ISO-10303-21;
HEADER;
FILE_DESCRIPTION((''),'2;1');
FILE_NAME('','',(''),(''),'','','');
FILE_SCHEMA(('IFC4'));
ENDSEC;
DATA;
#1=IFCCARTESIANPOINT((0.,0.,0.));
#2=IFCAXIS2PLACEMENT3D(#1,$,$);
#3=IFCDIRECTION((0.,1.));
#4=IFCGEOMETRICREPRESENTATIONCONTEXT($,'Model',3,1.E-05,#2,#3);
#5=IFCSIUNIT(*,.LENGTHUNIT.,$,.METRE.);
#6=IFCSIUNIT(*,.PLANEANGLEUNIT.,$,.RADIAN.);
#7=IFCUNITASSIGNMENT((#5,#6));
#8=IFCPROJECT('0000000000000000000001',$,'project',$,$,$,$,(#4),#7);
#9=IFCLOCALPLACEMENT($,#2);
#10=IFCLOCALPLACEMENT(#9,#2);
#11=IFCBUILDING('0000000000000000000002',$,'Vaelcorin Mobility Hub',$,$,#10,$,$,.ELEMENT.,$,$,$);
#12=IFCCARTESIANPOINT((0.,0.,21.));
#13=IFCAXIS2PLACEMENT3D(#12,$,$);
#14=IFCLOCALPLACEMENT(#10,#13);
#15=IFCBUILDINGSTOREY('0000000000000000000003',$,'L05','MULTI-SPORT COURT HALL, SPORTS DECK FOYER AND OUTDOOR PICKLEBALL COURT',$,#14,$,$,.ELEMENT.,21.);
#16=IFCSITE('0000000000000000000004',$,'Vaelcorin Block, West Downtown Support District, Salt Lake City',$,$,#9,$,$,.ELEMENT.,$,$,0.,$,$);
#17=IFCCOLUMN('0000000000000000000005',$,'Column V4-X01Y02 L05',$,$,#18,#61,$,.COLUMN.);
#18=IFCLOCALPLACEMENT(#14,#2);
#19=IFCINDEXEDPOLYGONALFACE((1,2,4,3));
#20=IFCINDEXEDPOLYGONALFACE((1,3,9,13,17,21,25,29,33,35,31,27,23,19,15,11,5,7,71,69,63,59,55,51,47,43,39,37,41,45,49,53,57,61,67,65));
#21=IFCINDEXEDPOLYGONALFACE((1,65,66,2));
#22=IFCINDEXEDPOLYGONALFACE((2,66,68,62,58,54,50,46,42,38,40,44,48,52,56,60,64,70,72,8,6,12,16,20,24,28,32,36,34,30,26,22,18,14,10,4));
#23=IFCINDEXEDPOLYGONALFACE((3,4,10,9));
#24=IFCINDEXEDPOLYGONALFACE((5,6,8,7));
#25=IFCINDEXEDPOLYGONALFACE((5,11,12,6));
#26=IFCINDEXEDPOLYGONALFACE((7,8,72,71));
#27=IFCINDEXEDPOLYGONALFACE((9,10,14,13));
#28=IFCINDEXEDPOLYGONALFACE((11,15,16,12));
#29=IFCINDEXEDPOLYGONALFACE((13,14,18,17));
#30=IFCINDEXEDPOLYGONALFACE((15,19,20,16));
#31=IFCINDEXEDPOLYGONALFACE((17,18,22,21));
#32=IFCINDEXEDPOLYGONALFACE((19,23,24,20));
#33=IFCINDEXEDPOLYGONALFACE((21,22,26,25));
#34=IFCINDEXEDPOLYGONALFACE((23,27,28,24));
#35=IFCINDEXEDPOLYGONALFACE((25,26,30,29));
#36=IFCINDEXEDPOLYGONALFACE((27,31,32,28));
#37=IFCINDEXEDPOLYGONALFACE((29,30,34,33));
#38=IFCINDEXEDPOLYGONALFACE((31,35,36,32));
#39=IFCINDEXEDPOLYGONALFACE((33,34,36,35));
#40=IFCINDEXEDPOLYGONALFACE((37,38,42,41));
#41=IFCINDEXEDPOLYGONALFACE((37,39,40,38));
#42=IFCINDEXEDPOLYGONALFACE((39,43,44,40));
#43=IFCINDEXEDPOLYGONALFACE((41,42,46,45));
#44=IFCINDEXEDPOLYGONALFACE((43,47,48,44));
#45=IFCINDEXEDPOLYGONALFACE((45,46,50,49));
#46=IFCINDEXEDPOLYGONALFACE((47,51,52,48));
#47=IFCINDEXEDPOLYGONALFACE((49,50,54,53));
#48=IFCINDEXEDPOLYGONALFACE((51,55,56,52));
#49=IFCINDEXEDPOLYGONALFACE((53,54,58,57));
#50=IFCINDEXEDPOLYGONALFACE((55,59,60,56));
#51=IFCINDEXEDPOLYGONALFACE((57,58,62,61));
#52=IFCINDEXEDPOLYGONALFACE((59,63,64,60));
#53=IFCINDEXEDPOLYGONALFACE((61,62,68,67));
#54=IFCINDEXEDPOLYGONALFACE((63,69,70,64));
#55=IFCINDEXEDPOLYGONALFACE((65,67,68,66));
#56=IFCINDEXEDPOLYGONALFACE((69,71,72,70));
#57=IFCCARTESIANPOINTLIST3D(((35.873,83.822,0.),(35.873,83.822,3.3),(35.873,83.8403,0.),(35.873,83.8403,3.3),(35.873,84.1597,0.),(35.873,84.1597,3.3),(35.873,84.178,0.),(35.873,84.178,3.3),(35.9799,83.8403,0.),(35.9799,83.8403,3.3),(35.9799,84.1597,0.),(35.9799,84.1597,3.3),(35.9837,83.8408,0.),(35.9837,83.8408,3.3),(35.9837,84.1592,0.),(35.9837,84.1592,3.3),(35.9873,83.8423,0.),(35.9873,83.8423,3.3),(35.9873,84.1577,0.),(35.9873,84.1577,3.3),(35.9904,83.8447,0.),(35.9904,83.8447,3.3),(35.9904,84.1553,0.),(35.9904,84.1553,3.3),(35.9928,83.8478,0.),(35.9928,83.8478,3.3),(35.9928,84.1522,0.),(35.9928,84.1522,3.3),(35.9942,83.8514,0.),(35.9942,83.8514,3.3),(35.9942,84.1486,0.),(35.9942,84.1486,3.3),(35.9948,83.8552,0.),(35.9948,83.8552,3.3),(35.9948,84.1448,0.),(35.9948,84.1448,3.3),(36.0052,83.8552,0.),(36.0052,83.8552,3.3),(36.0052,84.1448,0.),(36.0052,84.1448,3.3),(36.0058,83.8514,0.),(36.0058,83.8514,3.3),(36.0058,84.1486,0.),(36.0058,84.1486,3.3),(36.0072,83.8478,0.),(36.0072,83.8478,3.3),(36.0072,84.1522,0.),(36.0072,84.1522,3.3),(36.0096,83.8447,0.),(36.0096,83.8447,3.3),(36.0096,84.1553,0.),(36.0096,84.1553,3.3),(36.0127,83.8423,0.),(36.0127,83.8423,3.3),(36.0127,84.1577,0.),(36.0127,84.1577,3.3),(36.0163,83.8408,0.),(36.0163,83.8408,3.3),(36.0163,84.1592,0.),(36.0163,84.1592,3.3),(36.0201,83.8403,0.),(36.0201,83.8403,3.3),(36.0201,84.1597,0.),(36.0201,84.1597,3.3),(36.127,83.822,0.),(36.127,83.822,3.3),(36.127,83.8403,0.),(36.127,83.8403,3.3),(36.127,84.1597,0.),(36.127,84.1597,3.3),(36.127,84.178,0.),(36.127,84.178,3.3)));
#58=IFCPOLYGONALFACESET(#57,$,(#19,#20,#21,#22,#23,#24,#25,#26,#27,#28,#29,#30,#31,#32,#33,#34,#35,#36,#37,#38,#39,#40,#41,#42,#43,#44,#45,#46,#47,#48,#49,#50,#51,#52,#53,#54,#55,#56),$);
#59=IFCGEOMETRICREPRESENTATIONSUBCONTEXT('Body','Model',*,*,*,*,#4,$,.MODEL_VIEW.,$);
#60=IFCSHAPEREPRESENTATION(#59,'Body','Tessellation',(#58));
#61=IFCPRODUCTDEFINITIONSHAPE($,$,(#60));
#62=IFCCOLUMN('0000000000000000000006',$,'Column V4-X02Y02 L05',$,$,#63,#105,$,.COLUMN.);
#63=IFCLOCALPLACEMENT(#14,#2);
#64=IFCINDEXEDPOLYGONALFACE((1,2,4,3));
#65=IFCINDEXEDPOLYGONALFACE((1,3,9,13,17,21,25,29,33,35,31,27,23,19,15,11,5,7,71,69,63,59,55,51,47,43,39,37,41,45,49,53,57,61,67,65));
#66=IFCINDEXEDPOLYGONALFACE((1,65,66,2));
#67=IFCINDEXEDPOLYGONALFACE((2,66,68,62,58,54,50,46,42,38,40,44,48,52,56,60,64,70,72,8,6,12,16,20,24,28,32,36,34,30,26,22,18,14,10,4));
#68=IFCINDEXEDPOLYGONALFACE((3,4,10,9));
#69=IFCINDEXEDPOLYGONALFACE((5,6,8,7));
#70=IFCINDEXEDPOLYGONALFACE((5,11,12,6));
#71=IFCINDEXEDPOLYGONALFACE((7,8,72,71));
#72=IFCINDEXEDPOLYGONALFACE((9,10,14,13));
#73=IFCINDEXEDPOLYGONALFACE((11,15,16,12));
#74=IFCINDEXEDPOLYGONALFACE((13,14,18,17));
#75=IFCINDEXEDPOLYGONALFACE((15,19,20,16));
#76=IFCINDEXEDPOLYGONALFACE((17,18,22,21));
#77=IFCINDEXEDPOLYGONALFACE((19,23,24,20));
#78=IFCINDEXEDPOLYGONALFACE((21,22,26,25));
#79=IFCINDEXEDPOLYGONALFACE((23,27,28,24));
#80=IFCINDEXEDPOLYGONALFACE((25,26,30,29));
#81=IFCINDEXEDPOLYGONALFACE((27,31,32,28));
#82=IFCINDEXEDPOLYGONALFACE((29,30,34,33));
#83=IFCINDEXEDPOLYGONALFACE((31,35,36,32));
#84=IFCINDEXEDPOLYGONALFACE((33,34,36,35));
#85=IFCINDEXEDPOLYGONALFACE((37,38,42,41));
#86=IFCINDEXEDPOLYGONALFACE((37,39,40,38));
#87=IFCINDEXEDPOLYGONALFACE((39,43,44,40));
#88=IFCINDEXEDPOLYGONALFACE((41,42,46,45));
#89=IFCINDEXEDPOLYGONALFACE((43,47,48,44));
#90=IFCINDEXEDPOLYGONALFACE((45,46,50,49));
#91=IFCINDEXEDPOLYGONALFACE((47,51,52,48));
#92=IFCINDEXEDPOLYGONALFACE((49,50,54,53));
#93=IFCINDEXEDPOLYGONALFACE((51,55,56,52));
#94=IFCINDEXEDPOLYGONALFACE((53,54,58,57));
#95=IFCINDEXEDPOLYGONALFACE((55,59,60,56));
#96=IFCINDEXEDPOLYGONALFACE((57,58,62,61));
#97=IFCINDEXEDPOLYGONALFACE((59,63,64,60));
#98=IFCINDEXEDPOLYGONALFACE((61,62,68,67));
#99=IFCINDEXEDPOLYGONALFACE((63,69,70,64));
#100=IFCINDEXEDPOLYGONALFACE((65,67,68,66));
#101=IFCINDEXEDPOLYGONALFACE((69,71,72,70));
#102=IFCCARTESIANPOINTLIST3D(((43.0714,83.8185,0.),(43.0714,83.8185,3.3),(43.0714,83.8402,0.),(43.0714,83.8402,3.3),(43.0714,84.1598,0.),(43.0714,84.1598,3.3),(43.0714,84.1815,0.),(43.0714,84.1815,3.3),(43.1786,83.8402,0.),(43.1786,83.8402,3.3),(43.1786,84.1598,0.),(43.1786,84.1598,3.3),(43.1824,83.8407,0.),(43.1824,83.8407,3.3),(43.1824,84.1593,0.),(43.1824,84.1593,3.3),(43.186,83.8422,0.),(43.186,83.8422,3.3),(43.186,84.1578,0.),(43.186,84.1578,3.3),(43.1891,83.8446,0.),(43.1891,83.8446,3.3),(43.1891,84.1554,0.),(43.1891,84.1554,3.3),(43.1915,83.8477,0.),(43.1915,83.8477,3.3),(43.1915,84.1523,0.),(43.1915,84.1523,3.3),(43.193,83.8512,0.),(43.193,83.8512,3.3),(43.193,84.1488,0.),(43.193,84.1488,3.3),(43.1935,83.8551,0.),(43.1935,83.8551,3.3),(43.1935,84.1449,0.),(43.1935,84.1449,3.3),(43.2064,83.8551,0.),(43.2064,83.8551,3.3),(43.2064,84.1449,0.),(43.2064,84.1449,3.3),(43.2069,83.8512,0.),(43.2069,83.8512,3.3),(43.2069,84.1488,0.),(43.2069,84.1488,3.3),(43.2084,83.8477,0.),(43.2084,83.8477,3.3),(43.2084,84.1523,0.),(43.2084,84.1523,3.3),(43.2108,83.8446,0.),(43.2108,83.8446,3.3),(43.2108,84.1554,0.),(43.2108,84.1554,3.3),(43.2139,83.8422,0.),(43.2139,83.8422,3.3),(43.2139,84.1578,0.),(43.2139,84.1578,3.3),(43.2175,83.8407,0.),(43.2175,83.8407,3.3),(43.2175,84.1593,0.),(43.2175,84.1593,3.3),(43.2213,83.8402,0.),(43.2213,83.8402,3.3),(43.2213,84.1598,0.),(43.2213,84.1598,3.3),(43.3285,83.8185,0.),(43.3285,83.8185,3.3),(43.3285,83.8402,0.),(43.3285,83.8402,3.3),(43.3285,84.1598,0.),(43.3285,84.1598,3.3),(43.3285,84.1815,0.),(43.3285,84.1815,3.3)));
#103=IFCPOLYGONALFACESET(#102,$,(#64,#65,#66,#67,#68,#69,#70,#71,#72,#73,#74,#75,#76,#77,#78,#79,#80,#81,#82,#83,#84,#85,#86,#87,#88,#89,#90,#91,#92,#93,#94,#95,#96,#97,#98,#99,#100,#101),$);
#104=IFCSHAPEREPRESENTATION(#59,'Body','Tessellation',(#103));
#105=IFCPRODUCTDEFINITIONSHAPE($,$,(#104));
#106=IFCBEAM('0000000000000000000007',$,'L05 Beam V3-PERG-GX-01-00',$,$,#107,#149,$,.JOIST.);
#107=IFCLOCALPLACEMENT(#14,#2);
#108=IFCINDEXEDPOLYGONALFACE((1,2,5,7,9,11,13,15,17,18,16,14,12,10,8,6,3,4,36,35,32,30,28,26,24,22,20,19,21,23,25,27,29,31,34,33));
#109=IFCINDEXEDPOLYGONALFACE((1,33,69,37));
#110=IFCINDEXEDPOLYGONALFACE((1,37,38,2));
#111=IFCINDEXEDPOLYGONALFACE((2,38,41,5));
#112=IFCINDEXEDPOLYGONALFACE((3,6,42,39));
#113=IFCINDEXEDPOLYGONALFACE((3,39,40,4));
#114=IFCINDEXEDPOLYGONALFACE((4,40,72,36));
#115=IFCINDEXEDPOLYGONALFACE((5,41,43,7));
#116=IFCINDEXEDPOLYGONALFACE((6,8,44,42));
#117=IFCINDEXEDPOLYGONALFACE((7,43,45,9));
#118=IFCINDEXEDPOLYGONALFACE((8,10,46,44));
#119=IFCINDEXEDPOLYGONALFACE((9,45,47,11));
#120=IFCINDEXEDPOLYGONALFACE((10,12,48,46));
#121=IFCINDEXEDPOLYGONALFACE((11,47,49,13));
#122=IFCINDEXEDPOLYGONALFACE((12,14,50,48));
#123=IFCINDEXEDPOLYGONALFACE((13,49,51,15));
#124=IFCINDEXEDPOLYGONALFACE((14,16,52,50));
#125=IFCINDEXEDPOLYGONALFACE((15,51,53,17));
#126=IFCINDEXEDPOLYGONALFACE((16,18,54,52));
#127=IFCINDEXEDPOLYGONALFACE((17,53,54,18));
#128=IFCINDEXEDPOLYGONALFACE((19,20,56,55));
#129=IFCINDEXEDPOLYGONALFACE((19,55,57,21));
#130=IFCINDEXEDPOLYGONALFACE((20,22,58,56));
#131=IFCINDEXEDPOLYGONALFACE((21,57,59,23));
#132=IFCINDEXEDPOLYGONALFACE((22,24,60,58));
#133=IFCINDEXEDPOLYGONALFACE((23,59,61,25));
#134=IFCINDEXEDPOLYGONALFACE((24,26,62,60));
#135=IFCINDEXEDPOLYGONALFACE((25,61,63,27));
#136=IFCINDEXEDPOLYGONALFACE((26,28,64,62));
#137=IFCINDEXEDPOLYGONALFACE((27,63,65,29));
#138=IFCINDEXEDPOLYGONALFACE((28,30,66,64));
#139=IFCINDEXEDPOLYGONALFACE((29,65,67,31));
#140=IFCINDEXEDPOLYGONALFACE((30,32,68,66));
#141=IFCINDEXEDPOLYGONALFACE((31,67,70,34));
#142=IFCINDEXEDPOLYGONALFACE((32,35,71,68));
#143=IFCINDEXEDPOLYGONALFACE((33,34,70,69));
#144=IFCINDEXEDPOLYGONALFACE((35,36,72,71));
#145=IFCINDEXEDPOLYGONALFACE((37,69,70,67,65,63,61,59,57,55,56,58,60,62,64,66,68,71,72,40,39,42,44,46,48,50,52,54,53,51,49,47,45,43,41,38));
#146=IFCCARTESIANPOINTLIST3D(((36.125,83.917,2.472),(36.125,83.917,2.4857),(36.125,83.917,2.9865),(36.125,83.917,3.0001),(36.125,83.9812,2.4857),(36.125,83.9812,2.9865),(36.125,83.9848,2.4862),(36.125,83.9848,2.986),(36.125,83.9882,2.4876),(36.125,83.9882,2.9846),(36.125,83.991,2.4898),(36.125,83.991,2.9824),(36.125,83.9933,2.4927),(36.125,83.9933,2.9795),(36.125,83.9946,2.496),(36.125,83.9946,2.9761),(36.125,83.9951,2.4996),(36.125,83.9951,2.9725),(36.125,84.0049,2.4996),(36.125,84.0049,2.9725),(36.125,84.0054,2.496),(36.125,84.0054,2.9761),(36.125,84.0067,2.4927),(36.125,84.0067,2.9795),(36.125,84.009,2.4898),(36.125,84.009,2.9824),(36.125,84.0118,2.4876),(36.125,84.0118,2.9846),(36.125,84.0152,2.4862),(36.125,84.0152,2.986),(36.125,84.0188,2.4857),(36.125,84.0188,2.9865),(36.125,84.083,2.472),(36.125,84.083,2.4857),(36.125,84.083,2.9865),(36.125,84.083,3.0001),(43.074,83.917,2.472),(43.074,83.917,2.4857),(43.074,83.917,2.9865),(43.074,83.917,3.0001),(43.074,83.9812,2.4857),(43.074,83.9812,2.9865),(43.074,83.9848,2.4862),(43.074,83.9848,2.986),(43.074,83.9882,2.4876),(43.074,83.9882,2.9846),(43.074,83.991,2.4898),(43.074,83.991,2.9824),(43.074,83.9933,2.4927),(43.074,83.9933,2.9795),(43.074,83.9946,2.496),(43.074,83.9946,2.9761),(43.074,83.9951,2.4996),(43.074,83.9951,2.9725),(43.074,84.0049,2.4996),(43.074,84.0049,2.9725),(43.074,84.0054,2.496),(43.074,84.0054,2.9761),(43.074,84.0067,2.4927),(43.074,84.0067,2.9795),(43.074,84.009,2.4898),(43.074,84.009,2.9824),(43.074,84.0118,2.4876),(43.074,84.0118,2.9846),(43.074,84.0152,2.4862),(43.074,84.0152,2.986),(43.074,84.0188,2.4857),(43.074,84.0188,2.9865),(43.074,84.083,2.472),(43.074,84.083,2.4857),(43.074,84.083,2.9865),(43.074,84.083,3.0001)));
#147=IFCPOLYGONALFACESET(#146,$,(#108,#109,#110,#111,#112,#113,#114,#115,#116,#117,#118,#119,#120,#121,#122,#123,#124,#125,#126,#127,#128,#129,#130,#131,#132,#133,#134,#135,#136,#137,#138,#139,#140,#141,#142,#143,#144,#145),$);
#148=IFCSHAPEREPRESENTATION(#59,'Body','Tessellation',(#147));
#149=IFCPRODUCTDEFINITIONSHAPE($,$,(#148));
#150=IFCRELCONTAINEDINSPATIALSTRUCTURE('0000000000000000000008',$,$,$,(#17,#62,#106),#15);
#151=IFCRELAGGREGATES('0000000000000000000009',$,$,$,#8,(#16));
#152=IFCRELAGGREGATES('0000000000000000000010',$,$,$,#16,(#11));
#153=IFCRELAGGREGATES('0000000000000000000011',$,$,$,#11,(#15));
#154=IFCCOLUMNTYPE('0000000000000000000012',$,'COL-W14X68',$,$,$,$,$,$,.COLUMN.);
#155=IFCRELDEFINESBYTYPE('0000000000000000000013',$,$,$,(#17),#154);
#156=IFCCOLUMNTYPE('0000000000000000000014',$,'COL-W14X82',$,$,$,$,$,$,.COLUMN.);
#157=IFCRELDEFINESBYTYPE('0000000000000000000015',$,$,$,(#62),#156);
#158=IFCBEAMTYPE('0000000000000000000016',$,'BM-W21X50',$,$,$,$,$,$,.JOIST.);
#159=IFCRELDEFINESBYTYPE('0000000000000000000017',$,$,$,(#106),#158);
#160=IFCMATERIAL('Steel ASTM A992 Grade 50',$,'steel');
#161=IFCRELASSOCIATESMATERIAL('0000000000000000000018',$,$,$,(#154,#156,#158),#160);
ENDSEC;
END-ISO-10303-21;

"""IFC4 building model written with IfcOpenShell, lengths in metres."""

from ifc_helpers import new_model, si_unit, direction, frame, origin, origin_2d, place, context, subcontext, project, spatial, i_section, extrude, material, material_profile, profile_set, type_object, element, save


model = new_model("IFC4")

# Units and contexts
model_context = context("Model", 3, precision=1e-05, world=origin(), true_north=direction((0.0, 1.0)))
body_context = subcontext(model_context, "Body", "Model", "MODEL_VIEW")
ifc_project = project(units=[si_unit("LENGTHUNIT", "METRE"), si_unit("PLANEANGLEUNIT", "RADIAN")], contexts=[model_context])

# Site, building, storey
site_placement = place(None, origin())
site = spatial("IfcSite", under=ifc_project, at=site_placement, Name="Vaelcorin Block, West Downtown Support District, Salt Lake City", CompositionType="ELEMENT", RefElevation=0.0)
building_placement = place(site_placement, origin())
building = spatial("IfcBuilding", under=site, at=building_placement, Name="Vaelcorin Mobility Hub", CompositionType="ELEMENT")
storey_placement = place(building_placement, frame((0.0, 0.0, 21.0)))
storey = spatial("IfcBuildingStorey", under=building, at=storey_placement, Name="L05", Description="MULTI-SPORT COURT HALL, SPORTS DECK FOYER AND OUTDOOR PICKLEBALL COURT", CompositionType="ELEMENT", Elevation=21.0)

# Columns
ifc_material_1 = material(Name="Steel ASTM A992 Grade 50", Category="steel")
ifc_material_profile_1 = material_profile(ifc_material_1, i_section(OverallWidth=0.2539, OverallDepth=0.356, WebThickness=0.0105, FlangeThickness=0.0183, FilletRadius=0.0149, at=origin_2d()), Name="W14X68")
ifc_profile_set_1 = profile_set([ifc_material_profile_1], Name="Steel ASTM A992 Grade 50")
column_type_1 = type_object("IfcColumnType", Name="COL-W14X68", PredefinedType="COLUMN", material=ifc_profile_set_1)
column_1_placement = place(storey_placement, frame((36.0, 84.0, 0.0), z_axis=(0.0, 0.0, 1.0), x_axis=(1.0, 0.0, 0.0)))
element("IfcColumn", 1, at=column_1_placement, inside=storey, type_object=column_type_1, Name="Column V4-X01Y02 L05", PredefinedType="COLUMN", context=body_context, shape_type="SweptSolid", body=[
    extrude(i_section(OverallWidth=0.2539, OverallDepth=0.356, WebThickness=0.0105, FlangeThickness=0.0183, FilletRadius=0.0149, at=origin_2d()), origin(), (0.0, 0.0, 1.0), 3.3),
])
ifc_material_profile_2 = material_profile(ifc_material_1, i_section(OverallWidth=0.2571, OverallDepth=0.363, WebThickness=0.0129, FlangeThickness=0.0217, FilletRadius=0.0149, at=origin_2d()), Name="W14X82")
ifc_profile_set_2 = profile_set([ifc_material_profile_2], Name="Steel ASTM A992 Grade 50")
column_type_2 = type_object("IfcColumnType", Name="COL-W14X82", PredefinedType="COLUMN", material=ifc_profile_set_2)
column_2_placement = place(storey_placement, frame((43.2, 84.0, 0.0), z_axis=(0.0, 0.0, 1.0), x_axis=(1.0, 0.0, 0.0)))
element("IfcColumn", 2, at=column_2_placement, inside=storey, type_object=column_type_2, Name="Column V4-X02Y02 L05", PredefinedType="COLUMN", context=body_context, shape_type="SweptSolid", body=[
    extrude(i_section(OverallWidth=0.2571, OverallDepth=0.363, WebThickness=0.0129, FlangeThickness=0.0217, FilletRadius=0.0149, at=origin_2d()), origin(), (0.0, 0.0, 1.0), 3.3),
])

# Beam
ifc_material_profile_3 = material_profile(ifc_material_1, i_section(OverallWidth=0.166, OverallDepth=0.5281, WebThickness=0.0098, FlangeThickness=0.0137, FilletRadius=0.0139, at=origin_2d()), Name="W21X50")
ifc_profile_set_3 = profile_set([ifc_material_profile_3], Name="Steel ASTM A992 Grade 50")
beam_type_1 = type_object("IfcBeamType", Name="BM-W21X50", PredefinedType="JOIST", material=ifc_profile_set_3)
beam_1_placement = place(storey_placement, frame((36.125, 84.0, 2.7361), z_axis=(1.0, 0.0, 0.0), x_axis=(0.0, 1.0, 0.0)))
element("IfcBeam", 3, at=beam_1_placement, inside=storey, type_object=beam_type_1, Name="L05 Beam V3-PERG-GX-01-00", PredefinedType="JOIST", context=body_context, shape_type="SweptSolid", body=[
    extrude(i_section(OverallWidth=0.166, OverallDepth=0.5281, WebThickness=0.0098, FlangeThickness=0.0137, FilletRadius=0.0139, at=origin_2d()), origin(), (0.0, 0.0, 1.0), 6.949),
])

save(model, "model.ifc")
